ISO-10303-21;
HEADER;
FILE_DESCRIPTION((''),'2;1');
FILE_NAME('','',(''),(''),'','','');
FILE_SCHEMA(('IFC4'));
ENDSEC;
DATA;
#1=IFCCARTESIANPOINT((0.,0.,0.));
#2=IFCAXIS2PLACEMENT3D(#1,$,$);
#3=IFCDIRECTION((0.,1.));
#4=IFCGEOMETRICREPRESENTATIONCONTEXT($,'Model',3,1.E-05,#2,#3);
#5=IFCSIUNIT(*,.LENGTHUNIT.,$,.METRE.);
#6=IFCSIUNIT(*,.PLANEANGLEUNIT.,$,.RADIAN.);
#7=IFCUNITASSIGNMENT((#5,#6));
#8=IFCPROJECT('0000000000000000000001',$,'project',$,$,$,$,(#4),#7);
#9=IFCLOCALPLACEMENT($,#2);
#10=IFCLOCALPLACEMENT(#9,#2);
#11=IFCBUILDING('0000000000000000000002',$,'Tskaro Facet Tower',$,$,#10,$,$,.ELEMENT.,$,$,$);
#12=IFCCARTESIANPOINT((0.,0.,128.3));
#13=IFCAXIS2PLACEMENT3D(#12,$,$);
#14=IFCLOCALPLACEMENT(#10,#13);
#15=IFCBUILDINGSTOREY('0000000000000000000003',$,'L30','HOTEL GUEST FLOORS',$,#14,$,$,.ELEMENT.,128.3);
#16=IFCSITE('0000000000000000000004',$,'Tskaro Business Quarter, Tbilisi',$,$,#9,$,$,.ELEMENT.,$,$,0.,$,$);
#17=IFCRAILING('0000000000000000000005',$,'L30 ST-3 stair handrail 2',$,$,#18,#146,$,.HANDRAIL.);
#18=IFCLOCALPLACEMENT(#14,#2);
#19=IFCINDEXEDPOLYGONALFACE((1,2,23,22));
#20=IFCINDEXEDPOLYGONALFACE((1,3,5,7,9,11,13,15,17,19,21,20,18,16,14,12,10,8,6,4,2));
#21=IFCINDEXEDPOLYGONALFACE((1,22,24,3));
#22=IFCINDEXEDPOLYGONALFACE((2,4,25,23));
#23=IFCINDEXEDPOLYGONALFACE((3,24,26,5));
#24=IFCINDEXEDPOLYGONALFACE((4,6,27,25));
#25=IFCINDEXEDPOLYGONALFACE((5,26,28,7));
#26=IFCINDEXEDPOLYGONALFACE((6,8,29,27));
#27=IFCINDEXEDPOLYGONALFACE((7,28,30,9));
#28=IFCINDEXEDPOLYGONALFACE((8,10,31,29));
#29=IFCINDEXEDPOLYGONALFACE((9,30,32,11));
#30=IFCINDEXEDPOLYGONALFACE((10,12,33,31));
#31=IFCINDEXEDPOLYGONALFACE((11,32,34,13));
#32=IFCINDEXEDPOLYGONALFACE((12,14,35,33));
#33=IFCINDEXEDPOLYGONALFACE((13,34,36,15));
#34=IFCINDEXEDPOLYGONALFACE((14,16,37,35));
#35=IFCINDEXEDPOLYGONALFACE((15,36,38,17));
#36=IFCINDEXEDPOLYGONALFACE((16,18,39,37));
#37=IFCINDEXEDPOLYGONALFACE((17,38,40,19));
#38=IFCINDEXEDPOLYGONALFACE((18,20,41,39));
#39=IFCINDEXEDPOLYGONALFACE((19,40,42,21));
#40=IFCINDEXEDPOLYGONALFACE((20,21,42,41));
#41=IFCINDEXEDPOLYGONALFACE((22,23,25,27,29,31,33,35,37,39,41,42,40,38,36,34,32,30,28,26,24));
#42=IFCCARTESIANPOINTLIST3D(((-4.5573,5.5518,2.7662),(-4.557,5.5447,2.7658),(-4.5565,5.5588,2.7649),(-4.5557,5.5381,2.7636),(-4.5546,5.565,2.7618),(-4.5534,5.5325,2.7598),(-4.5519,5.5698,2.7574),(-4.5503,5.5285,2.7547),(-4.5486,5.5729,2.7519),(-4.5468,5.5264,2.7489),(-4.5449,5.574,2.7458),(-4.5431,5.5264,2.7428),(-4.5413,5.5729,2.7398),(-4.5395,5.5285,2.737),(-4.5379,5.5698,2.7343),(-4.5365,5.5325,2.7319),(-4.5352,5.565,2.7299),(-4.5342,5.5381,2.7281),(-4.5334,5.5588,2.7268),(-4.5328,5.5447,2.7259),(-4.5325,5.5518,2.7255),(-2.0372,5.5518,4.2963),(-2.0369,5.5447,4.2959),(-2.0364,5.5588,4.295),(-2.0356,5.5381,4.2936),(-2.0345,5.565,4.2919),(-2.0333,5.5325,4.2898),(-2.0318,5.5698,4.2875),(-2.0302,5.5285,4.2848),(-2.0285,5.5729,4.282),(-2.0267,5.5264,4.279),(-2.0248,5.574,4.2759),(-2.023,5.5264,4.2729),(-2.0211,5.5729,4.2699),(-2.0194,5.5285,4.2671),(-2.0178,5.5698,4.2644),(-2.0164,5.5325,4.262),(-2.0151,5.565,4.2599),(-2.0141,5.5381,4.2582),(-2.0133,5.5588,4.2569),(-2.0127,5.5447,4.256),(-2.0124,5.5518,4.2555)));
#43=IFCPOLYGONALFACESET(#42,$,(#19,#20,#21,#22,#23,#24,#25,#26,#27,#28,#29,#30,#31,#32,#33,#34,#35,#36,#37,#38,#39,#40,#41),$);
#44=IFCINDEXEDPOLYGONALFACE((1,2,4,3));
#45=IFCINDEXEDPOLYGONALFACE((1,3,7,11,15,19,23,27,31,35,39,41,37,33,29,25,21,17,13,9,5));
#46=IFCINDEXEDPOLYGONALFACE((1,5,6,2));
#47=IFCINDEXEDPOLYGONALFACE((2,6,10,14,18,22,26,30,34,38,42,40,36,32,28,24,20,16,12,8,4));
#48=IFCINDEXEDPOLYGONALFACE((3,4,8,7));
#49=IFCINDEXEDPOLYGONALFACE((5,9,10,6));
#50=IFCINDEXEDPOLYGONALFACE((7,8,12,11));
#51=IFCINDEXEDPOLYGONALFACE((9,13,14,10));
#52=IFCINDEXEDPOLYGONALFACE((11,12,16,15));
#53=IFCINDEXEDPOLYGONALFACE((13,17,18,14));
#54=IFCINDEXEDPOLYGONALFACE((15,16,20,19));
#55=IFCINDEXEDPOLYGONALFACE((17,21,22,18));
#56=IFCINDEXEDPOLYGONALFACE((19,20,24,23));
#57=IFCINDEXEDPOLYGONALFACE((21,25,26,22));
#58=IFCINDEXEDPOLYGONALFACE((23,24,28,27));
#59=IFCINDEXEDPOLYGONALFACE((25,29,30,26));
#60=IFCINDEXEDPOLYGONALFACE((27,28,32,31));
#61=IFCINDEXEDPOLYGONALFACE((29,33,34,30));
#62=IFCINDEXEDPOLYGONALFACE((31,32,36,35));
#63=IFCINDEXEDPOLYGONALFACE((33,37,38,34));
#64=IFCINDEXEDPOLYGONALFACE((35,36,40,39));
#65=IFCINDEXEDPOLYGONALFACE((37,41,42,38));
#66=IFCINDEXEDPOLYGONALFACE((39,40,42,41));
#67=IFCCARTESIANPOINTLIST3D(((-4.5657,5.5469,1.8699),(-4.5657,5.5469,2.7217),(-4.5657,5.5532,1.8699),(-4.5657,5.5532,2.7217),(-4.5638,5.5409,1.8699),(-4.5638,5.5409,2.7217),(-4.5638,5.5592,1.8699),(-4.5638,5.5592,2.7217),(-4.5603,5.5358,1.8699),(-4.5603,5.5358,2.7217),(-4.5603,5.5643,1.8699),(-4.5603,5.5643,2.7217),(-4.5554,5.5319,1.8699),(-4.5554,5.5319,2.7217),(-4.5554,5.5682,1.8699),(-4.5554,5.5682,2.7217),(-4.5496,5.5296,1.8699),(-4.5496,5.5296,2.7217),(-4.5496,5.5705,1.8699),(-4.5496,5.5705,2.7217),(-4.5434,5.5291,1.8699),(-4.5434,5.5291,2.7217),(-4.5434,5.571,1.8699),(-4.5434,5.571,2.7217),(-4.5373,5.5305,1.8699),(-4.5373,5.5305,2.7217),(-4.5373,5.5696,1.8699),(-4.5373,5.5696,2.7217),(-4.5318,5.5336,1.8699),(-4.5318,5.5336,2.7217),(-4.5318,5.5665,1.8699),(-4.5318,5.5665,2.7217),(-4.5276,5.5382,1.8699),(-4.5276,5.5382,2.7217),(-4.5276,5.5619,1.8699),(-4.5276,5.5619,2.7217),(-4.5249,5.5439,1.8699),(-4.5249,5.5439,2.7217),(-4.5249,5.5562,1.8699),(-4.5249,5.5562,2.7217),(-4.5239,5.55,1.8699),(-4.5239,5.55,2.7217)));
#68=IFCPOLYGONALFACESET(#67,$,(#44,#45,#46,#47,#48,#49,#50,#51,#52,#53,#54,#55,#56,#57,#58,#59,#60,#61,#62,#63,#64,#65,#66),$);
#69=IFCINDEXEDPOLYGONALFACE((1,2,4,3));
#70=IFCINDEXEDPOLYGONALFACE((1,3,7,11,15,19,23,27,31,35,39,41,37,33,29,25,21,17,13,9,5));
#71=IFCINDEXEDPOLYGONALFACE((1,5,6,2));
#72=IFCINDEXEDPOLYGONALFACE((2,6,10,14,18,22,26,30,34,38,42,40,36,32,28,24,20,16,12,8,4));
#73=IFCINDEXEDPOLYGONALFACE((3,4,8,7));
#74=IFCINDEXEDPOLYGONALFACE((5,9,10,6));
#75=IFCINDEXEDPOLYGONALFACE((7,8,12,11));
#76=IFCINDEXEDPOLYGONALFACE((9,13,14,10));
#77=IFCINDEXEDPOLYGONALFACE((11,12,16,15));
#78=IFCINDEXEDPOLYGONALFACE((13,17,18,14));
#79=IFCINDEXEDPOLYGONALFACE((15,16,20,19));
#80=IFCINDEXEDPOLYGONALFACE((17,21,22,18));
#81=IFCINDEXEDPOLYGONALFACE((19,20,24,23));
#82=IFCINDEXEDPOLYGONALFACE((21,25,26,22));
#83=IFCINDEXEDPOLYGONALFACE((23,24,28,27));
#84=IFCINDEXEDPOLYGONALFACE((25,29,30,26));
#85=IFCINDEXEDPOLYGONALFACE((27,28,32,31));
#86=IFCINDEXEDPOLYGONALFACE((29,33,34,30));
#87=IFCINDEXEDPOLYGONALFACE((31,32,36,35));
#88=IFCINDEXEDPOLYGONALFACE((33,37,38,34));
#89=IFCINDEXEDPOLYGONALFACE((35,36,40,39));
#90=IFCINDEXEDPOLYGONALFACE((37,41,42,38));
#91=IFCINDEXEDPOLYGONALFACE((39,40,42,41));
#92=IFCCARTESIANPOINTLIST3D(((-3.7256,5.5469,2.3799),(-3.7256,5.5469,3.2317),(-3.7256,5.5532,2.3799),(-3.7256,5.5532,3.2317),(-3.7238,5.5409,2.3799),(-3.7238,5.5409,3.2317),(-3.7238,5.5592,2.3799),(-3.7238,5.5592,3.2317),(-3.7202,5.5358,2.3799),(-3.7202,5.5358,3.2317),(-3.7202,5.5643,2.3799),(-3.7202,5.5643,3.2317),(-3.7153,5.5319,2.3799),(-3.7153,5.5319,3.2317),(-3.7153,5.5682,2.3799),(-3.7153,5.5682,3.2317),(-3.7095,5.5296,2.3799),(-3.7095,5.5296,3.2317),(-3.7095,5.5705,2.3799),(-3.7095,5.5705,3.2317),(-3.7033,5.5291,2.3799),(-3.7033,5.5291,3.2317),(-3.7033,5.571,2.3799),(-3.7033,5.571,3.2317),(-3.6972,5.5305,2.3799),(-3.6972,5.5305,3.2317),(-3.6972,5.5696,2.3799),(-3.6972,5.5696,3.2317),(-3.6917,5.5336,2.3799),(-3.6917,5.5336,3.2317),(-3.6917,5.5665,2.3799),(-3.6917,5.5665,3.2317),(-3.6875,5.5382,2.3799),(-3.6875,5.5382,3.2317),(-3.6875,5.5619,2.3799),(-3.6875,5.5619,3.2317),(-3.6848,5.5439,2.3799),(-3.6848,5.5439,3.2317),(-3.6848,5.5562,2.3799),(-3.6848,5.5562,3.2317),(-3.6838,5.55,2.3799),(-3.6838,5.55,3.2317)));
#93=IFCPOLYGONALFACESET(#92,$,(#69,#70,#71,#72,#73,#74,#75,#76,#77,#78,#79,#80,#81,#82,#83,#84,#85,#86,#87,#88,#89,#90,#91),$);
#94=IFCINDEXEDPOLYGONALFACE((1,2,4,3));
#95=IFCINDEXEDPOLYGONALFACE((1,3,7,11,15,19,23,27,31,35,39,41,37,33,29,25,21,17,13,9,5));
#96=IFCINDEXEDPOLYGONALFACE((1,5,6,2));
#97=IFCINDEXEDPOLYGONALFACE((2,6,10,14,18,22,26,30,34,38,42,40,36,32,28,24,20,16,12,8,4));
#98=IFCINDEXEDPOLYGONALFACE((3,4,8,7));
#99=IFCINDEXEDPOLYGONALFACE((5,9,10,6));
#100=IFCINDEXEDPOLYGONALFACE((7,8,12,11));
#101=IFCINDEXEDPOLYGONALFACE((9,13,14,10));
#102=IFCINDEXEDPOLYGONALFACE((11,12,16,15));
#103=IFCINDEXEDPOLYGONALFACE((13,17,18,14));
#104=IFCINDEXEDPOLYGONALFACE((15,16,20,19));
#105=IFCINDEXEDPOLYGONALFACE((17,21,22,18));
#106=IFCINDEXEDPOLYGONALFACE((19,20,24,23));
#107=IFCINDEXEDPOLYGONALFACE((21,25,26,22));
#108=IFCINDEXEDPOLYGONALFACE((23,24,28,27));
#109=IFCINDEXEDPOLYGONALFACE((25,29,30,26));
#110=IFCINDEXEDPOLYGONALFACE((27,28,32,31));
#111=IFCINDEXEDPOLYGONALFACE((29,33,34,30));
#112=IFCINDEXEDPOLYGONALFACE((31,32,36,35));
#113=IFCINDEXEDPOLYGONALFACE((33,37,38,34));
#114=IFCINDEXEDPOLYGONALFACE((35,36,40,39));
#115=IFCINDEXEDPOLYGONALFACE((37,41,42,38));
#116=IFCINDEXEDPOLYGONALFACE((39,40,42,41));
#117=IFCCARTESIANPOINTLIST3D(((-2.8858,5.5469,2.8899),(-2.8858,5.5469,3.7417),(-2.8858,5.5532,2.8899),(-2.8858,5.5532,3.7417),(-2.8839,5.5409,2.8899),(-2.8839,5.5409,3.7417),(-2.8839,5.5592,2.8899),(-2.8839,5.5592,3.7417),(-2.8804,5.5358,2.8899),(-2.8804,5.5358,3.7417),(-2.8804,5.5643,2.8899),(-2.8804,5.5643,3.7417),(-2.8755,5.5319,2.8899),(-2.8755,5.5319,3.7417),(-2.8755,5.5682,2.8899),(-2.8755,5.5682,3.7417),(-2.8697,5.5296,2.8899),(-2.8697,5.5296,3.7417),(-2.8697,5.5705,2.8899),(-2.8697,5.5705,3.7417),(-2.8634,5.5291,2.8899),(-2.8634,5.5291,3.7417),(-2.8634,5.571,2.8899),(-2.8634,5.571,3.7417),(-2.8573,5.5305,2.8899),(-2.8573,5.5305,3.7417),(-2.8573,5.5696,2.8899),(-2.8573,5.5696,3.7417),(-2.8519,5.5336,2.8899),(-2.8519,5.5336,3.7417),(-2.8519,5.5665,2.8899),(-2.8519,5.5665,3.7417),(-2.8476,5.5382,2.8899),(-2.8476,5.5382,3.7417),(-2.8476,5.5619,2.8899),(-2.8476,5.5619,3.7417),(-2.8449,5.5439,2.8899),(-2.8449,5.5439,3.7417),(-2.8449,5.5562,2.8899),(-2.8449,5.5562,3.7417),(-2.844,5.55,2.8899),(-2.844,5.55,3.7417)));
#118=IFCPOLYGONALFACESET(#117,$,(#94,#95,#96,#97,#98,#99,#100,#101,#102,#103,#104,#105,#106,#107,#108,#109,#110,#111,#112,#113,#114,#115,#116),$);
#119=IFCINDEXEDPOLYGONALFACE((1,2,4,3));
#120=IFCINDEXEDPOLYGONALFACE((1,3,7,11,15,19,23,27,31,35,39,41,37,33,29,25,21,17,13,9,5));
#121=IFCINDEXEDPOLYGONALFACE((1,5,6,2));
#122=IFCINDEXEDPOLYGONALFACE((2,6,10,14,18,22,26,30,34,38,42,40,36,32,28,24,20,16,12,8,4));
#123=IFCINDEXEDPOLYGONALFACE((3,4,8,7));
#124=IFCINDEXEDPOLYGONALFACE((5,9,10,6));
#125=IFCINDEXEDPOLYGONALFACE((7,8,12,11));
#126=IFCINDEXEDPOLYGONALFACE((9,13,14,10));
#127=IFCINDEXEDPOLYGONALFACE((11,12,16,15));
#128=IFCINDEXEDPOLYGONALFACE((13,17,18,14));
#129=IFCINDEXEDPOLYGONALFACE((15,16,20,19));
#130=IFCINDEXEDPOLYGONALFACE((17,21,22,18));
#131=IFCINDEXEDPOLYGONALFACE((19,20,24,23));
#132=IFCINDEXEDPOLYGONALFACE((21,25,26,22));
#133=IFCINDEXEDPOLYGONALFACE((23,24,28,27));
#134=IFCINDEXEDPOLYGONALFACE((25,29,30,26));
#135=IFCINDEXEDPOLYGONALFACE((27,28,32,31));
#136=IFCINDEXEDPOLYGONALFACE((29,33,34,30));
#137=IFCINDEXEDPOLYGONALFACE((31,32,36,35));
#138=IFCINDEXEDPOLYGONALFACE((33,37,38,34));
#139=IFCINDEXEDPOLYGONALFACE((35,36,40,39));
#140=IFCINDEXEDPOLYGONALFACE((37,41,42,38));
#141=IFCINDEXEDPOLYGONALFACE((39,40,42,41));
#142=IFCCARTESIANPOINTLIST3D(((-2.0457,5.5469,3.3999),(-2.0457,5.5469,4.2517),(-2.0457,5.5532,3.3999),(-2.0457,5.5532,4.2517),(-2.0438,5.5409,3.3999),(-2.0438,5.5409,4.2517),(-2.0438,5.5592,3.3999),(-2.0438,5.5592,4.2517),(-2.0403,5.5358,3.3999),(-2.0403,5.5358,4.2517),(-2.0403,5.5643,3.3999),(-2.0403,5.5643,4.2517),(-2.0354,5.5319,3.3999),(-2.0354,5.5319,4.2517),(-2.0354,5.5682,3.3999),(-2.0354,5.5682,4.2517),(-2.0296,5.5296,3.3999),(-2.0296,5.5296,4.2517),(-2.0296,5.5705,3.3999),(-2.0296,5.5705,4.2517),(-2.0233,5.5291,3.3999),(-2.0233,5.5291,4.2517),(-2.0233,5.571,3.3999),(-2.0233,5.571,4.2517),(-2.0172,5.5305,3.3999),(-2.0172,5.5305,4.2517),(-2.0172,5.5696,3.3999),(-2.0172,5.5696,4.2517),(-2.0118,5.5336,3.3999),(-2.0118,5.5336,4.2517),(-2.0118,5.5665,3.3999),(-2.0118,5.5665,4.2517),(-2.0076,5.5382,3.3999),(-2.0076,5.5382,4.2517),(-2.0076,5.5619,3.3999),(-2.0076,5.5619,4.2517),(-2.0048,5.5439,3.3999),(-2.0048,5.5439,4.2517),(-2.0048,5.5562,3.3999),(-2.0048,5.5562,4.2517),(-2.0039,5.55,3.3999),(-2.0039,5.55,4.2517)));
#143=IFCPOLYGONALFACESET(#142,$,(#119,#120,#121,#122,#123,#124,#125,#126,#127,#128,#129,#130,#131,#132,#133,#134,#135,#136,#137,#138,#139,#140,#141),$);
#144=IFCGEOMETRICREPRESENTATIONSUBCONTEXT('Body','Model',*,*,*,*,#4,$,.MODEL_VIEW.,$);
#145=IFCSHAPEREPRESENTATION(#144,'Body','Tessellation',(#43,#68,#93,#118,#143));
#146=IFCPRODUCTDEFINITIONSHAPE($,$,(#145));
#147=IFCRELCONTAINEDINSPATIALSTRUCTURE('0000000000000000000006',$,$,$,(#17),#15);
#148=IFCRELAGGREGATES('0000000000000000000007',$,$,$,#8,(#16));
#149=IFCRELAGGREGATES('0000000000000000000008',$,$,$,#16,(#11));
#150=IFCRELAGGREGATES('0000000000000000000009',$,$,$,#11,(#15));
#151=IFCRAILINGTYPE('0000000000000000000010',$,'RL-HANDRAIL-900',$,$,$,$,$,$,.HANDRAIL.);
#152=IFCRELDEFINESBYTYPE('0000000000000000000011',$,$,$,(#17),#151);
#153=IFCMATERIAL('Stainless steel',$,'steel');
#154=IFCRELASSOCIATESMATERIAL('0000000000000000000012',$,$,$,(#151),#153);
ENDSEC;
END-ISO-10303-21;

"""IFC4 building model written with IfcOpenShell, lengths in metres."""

from ifc_helpers import new_model, si_unit, direction, frame, origin, origin_2d, place, context, subcontext, project, spatial, circle, extrude, material, type_object, element, save


model = new_model("IFC4")

# Units and contexts
model_context = context("Model", 3, precision=1e-05, world=origin(), true_north=direction((0.0, 1.0)))
body_context = subcontext(model_context, "Body", "Model", "MODEL_VIEW")
ifc_project = project(units=[si_unit("LENGTHUNIT", "METRE"), si_unit("PLANEANGLEUNIT", "RADIAN")], contexts=[model_context])

# Site, building, storey
site_placement = place(None, origin())
site = spatial("IfcSite", under=ifc_project, at=site_placement, Name="Tskaro Business Quarter, Tbilisi", CompositionType="ELEMENT", RefElevation=0.0)
building_placement = place(site_placement, origin())
building = spatial("IfcBuilding", under=site, at=building_placement, Name="Tskaro Facet Tower", CompositionType="ELEMENT")
storey_placement = place(building_placement, frame((0.0, 0.0, 128.3)))
storey = spatial("IfcBuildingStorey", under=building, at=storey_placement, Name="L30", Description="HOTEL GUEST FLOORS", CompositionType="ELEMENT", Elevation=128.3)

# Railing
ifc_material_1 = material(Name="Stainless steel", Category="steel")
railing_type_1 = type_object("IfcRailingType", Name="RL-HANDRAIL-900", PredefinedType="HANDRAIL", material=ifc_material_1)
railing_1_placement = place(storey_placement, frame((-4.5449, 5.55, 1.8699)))
element("IfcRailing", 1, at=railing_1_placement, inside=storey, type_object=railing_type_1, Name="L30 ST-3 stair handrail 2", PredefinedType="HANDRAIL", context=body_context, shape_type="SweptSolid", body=[
    extrude(circle(Radius=0.0239, at=origin_2d()), frame((0.0, 0.0, 0.876), z_axis=(0.854785, 0.0, 0.518982), x_axis=(0.0, 1.0, 0.0)), (0.0, 0.0, 1.0), 2.9482),
    extrude(circle(Radius=0.021, at=origin_2d()), origin(), (0.0, 0.0, 1.0), 0.8518),
    extrude(circle(Radius=0.021, at=origin_2d()), frame((0.8401, 0.0, 0.51)), (0.0, 0.0, 1.0), 0.8518),
    extrude(circle(Radius=0.021, at=origin_2d()), frame((1.6799, 0.0, 1.02)), (0.0, 0.0, 1.0), 0.8518),
    extrude(circle(Radius=0.021, at=origin_2d()), frame((2.52, 0.0, 1.53)), (0.0, 0.0, 1.0), 0.8518),
])

save(model, "model.ifc")
